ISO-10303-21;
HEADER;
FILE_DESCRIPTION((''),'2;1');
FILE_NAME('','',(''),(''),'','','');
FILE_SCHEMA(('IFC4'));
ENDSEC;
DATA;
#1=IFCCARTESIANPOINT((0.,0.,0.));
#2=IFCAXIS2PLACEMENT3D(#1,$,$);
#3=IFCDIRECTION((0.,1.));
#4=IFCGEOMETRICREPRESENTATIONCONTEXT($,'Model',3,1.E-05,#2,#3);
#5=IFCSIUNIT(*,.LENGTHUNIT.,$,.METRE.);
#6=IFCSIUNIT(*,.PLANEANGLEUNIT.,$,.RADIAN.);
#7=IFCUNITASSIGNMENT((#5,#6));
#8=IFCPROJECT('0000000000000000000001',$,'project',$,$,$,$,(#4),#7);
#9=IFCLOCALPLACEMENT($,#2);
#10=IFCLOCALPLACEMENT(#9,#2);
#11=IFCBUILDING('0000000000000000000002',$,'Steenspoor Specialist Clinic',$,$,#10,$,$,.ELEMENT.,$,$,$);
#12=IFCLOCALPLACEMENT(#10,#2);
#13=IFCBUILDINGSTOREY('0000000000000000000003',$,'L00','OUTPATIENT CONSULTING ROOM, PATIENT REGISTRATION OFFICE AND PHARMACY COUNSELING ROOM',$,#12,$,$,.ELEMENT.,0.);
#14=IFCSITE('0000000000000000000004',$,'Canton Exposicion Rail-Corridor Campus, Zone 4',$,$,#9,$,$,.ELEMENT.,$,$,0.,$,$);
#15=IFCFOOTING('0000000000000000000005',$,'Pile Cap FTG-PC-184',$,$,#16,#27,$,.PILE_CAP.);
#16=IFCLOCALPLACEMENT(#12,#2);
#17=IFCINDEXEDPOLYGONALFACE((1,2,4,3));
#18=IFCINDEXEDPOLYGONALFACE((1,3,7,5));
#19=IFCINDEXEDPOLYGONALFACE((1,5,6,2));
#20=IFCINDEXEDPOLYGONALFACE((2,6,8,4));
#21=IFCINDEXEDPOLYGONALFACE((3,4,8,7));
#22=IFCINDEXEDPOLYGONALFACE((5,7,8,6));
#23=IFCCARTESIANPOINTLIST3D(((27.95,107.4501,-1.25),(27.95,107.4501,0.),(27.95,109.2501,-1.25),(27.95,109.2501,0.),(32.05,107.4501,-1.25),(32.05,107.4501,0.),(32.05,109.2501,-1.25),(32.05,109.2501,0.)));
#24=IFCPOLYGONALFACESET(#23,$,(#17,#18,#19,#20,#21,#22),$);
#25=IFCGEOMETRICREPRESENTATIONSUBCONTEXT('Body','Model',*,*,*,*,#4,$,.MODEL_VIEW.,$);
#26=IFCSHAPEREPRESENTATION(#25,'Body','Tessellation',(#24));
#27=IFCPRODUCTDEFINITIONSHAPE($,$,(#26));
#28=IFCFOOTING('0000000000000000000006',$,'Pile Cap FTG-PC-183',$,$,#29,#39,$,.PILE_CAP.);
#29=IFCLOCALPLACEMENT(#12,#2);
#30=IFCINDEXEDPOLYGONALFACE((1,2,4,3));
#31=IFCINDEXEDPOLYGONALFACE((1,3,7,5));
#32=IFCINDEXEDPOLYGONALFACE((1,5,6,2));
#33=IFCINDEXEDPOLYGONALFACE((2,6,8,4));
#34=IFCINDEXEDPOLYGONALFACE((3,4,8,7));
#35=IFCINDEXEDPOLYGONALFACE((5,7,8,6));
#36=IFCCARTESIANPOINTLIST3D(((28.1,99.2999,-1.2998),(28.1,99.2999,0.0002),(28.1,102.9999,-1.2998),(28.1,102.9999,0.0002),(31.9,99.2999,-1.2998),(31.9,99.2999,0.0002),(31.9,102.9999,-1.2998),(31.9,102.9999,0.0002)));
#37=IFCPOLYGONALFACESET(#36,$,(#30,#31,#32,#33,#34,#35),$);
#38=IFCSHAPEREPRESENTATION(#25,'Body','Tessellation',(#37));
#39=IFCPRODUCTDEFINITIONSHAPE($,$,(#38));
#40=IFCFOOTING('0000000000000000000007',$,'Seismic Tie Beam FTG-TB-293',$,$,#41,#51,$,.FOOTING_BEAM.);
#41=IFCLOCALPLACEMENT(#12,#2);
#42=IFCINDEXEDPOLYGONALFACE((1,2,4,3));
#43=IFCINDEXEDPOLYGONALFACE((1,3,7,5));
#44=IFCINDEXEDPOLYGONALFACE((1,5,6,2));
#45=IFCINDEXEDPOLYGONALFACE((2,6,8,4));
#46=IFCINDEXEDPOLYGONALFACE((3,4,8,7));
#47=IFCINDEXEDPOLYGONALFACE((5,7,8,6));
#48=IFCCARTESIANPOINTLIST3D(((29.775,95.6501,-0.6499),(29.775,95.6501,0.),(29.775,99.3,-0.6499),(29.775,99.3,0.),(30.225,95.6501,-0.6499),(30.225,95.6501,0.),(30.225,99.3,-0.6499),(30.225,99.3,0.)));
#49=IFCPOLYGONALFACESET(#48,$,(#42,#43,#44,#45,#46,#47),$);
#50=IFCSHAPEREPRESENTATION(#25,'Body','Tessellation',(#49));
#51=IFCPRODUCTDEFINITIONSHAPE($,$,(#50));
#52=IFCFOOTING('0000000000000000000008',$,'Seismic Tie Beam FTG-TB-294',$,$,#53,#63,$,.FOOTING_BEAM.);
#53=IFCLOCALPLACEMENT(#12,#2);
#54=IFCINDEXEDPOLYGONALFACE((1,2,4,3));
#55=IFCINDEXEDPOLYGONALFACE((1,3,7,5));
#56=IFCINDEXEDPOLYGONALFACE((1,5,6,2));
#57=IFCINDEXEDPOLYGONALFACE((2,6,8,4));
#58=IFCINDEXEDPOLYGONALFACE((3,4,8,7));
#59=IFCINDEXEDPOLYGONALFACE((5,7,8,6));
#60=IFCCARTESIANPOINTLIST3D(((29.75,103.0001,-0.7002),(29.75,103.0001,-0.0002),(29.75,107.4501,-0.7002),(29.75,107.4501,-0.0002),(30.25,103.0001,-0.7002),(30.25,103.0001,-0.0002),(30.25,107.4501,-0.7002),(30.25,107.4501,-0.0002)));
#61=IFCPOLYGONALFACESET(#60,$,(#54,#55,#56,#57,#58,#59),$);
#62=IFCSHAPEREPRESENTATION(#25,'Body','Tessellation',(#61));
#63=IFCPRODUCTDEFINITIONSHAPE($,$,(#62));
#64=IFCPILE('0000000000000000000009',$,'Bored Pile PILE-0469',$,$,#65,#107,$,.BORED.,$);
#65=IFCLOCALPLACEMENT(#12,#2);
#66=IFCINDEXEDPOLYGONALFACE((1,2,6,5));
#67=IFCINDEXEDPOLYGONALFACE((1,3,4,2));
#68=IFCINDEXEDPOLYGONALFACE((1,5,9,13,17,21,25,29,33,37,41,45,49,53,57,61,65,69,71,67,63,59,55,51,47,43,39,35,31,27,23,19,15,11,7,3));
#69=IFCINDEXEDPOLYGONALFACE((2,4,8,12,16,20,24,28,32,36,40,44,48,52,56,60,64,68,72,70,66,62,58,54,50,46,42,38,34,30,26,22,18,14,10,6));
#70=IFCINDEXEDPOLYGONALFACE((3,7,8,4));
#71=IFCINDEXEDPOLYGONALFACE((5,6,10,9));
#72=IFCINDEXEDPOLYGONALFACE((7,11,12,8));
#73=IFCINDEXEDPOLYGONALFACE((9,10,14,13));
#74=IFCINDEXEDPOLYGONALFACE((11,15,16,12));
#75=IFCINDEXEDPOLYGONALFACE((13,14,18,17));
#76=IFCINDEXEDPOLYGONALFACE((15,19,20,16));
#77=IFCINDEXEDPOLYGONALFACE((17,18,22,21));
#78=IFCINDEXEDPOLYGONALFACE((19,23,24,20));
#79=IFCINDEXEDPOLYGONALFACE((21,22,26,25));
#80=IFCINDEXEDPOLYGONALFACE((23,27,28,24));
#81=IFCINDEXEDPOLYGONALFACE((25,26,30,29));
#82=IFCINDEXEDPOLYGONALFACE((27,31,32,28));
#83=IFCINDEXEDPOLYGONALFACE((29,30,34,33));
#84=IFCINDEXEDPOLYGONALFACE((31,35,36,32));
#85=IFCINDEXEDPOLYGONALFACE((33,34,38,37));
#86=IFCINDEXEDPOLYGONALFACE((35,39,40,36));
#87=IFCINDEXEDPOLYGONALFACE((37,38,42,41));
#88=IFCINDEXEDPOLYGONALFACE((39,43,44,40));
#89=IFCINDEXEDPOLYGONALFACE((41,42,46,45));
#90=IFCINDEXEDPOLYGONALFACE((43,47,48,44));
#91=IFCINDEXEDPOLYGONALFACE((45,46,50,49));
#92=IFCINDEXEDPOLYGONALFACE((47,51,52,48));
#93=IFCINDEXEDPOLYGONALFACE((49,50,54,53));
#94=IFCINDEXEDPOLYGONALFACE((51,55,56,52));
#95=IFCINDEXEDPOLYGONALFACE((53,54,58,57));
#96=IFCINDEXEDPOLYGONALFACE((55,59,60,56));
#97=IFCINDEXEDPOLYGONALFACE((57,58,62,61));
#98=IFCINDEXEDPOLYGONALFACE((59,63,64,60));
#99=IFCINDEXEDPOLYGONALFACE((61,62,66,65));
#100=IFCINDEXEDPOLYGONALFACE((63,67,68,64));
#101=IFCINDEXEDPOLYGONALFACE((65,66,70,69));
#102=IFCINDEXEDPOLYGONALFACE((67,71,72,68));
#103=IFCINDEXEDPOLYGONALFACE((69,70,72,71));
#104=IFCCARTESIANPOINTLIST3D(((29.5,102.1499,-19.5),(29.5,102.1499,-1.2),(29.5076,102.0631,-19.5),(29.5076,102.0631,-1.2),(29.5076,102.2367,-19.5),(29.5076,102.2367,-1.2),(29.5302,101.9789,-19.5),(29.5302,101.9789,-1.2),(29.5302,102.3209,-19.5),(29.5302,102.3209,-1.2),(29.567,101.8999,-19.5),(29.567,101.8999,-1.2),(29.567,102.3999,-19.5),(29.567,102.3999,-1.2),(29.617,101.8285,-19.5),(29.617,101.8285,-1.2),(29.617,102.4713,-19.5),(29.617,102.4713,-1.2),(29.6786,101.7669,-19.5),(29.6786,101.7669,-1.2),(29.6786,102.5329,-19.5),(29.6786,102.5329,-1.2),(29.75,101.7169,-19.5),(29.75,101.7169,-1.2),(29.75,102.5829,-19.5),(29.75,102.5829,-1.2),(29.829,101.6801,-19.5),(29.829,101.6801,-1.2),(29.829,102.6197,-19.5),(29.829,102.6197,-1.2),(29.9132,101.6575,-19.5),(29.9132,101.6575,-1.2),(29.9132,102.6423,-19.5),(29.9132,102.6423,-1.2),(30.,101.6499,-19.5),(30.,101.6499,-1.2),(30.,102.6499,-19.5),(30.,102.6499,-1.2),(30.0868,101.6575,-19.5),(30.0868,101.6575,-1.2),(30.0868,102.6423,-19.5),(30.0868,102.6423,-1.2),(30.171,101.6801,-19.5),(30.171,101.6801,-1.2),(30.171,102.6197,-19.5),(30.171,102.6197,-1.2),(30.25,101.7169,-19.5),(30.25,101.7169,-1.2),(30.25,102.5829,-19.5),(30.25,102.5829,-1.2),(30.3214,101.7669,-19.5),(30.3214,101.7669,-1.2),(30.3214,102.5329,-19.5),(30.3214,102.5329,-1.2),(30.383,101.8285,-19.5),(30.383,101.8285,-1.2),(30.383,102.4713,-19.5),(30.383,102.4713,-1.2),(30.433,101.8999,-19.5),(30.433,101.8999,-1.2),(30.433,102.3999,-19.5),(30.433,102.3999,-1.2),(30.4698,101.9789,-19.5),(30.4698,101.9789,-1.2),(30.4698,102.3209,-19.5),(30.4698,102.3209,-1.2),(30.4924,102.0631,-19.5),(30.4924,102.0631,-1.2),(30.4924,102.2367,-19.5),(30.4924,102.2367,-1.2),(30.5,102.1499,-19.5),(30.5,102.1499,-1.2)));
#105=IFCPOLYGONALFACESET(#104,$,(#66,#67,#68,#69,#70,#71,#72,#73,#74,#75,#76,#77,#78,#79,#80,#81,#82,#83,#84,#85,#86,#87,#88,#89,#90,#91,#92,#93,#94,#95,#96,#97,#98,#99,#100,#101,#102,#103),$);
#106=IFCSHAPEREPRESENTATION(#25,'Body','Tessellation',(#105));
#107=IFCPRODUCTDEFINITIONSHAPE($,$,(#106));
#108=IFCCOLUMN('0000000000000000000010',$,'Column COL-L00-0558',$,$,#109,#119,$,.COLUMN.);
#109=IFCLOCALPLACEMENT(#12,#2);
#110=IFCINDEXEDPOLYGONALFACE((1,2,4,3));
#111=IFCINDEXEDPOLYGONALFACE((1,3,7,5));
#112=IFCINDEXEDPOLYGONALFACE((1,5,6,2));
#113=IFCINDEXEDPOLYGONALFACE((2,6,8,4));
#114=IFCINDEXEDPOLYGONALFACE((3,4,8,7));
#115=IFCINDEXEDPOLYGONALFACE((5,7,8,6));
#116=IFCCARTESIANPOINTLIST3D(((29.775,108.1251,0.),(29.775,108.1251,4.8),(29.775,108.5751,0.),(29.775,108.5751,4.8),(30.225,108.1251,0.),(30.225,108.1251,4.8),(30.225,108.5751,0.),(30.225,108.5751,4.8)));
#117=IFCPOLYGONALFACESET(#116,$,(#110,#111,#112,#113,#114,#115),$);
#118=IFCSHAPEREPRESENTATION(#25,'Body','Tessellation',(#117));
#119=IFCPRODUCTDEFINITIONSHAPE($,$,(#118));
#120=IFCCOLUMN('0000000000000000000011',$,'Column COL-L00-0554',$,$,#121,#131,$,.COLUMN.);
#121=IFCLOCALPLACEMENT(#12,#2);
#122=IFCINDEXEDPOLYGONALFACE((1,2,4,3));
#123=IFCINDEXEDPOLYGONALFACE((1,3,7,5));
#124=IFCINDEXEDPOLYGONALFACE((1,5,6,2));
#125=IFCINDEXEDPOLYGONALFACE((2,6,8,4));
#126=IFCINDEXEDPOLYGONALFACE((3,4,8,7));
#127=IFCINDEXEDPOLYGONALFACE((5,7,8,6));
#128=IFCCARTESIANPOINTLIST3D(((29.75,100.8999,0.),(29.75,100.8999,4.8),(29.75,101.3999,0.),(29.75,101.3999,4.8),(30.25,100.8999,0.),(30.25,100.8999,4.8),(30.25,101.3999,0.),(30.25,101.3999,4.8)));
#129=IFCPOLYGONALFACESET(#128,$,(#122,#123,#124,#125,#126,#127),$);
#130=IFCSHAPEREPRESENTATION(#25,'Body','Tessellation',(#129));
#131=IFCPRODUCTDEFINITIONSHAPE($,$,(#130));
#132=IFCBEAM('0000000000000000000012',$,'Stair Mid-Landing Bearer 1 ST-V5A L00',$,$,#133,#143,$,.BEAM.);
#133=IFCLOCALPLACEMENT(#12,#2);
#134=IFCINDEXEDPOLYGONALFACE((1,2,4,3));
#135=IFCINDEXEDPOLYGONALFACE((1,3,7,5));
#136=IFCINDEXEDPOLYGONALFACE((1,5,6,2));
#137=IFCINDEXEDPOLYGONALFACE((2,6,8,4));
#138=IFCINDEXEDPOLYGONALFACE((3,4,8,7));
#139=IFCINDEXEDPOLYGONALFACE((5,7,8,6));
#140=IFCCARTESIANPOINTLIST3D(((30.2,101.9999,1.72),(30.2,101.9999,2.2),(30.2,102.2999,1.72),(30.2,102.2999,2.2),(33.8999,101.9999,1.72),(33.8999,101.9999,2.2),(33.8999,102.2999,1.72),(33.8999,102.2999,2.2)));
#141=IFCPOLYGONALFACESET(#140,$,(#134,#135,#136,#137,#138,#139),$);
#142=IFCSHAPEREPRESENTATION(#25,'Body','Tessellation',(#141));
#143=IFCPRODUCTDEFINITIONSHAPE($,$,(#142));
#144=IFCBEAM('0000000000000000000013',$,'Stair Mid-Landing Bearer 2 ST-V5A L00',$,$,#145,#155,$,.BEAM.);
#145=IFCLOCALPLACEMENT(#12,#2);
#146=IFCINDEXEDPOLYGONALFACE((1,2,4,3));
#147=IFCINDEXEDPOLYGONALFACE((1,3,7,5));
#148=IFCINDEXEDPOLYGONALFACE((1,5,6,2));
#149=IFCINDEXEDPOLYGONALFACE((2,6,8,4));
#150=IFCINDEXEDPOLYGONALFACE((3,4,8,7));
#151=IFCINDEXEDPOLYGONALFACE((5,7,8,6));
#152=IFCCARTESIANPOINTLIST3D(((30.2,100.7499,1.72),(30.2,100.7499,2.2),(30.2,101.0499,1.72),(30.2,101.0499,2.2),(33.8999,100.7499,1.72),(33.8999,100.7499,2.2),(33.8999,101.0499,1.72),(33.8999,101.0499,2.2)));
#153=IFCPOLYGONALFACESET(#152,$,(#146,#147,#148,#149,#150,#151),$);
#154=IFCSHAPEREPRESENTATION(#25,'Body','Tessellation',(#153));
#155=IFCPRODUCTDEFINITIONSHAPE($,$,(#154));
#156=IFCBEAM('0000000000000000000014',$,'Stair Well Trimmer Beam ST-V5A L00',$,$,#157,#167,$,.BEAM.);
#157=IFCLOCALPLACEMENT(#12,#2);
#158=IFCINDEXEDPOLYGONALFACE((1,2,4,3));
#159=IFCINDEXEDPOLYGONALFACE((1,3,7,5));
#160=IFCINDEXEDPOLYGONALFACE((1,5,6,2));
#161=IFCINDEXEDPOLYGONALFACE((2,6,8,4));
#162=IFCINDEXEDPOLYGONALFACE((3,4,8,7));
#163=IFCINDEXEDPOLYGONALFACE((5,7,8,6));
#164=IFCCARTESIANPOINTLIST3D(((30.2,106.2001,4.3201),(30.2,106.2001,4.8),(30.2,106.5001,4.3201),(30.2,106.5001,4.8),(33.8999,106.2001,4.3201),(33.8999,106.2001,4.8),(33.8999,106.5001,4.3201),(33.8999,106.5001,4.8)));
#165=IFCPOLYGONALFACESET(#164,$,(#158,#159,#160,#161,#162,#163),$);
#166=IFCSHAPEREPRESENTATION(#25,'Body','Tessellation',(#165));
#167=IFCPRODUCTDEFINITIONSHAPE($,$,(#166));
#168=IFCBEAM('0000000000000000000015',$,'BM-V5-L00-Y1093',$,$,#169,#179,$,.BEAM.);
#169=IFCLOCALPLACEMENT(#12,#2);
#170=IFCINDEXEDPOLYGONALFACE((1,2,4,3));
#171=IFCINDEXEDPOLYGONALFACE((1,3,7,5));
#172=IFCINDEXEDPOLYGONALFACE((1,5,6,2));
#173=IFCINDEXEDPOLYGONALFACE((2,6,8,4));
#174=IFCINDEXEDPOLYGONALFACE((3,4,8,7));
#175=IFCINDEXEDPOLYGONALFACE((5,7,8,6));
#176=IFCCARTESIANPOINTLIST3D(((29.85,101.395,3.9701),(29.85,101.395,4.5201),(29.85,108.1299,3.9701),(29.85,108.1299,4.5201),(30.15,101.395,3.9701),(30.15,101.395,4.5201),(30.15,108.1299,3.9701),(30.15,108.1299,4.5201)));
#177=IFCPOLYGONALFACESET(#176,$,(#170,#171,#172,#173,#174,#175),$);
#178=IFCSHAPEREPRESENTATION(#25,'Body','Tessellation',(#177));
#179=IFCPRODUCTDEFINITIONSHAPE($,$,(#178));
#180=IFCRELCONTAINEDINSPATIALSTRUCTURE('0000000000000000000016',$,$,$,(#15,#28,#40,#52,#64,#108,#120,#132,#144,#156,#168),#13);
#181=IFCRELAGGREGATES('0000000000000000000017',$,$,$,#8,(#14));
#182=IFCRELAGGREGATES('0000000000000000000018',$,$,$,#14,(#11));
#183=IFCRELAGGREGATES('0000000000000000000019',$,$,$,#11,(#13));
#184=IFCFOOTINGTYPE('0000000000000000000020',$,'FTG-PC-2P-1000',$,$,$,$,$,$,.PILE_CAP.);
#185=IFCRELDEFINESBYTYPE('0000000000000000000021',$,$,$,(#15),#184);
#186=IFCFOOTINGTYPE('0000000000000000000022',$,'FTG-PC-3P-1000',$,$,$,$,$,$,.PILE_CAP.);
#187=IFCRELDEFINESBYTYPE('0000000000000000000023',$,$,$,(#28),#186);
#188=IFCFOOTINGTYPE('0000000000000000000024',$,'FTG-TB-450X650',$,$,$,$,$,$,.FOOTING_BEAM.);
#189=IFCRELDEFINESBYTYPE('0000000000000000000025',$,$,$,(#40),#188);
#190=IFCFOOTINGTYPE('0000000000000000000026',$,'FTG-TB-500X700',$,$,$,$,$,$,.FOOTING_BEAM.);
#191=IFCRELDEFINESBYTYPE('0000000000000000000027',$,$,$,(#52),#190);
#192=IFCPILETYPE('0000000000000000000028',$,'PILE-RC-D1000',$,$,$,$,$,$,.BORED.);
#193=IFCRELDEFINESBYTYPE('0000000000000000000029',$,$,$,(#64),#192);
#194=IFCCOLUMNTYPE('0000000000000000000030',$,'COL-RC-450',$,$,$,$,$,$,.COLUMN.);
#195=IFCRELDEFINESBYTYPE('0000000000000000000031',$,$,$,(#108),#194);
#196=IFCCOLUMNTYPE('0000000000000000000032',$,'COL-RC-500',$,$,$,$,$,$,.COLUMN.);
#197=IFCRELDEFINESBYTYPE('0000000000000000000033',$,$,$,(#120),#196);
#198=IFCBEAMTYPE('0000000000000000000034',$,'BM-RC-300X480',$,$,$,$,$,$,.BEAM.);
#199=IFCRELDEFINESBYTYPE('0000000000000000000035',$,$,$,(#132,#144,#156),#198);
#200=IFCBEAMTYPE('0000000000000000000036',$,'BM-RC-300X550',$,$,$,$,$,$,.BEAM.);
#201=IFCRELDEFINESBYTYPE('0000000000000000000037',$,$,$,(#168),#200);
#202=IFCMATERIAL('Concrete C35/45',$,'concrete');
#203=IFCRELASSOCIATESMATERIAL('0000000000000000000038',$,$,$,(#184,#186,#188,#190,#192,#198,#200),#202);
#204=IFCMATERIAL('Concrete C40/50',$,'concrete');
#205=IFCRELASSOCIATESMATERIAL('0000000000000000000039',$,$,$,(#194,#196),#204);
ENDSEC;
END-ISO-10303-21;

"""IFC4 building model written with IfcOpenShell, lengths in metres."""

from ifc_helpers import new_model, si_unit, direction, frame, origin, origin_2d, place, context, subcontext, project, spatial, rectangle, circle, extrude, material, material_profile, profile_set, type_object, element, save


model = new_model("IFC4")

# Units and contexts
model_context = context("Model", 3, precision=1e-05, world=origin(), true_north=direction((0.0, 1.0)))
body_context = subcontext(model_context, "Body", "Model", "MODEL_VIEW")
ifc_project = project(units=[si_unit("LENGTHUNIT", "METRE"), si_unit("PLANEANGLEUNIT", "RADIAN")], contexts=[model_context])

# Site, building, storey
site_placement = place(None, origin())
site = spatial("IfcSite", under=ifc_project, at=site_placement, Name="Canton Exposicion Rail-Corridor Campus, Zone 4", CompositionType="ELEMENT", RefElevation=0.0)
building_placement = place(site_placement, origin())
building = spatial("IfcBuilding", under=site, at=building_placement, Name="Steenspoor Specialist Clinic", CompositionType="ELEMENT")
storey_placement = place(building_placement, origin())
storey = spatial("IfcBuildingStorey", under=building, at=storey_placement, Name="L00", Description="OUTPATIENT CONSULTING ROOM, PATIENT REGISTRATION OFFICE AND PHARMACY COUNSELING ROOM", CompositionType="ELEMENT", Elevation=0.0)

# Footings
ifc_material_1 = material(Name="Concrete C35/45", Category="concrete")
footing_type_1 = type_object("IfcFootingType", Name="FTG-PC-2P-1000", PredefinedType="PILE_CAP", material=ifc_material_1)
footing_1_placement = place(storey_placement, frame((30.0, 108.3501, -1.25), z_axis=(0.0, 0.0, 1.0), x_axis=(1.0, 0.0, 0.0)))
element("IfcFooting", 1, at=footing_1_placement, inside=storey, type_object=footing_type_1, Name="Pile Cap FTG-PC-184", PredefinedType="PILE_CAP", context=body_context, shape_type="SweptSolid", body=[
    extrude(rectangle(XDim=4.1001, YDim=1.8, at=origin_2d()), origin(), (0.0, 0.0, 1.0), 1.25),
])
footing_type_2 = type_object("IfcFootingType", Name="FTG-PC-3P-1000", PredefinedType="PILE_CAP", material=ifc_material_1)
footing_2_placement = place(storey_placement, frame((30.0, 101.1499, -1.2998), z_axis=(0.0, 0.0, 1.0), x_axis=(1.0, 0.0, 0.0)))
element("IfcFooting", 2, at=footing_2_placement, inside=storey, type_object=footing_type_2, Name="Pile Cap FTG-PC-183", PredefinedType="PILE_CAP", context=body_context, shape_type="SweptSolid", body=[
    extrude(rectangle(XDim=3.8, YDim=3.7, at=origin_2d()), origin(), (0.0, 0.0, 1.0), 1.3),
])
footing_type_3 = type_object("IfcFootingType", Name="FTG-TB-450X650", PredefinedType="FOOTING_BEAM", material=ifc_material_1)
footing_3_placement = place(storey_placement, frame((30.0, 97.4751, -0.6499), z_axis=(0.0, 0.0, 1.0), x_axis=(1.0, 0.0, 0.0)))
element("IfcFooting", 3, at=footing_3_placement, inside=storey, type_object=footing_type_3, Name="Seismic Tie Beam FTG-TB-293", PredefinedType="FOOTING_BEAM", context=body_context, shape_type="SweptSolid", body=[
    extrude(rectangle(XDim=0.45, YDim=3.6499, at=origin_2d()), origin(), (0.0, 0.0, 1.0), 0.6499),
])
footing_type_4 = type_object("IfcFootingType", Name="FTG-TB-500X700", PredefinedType="FOOTING_BEAM", material=ifc_material_1)
footing_4_placement = place(storey_placement, frame((30.0, 105.2251, -0.7002), z_axis=(0.0, 0.0, 1.0), x_axis=(1.0, 0.0, 0.0)))
element("IfcFooting", 4, at=footing_4_placement, inside=storey, type_object=footing_type_4, Name="Seismic Tie Beam FTG-TB-294", PredefinedType="FOOTING_BEAM", context=body_context, shape_type="SweptSolid", body=[
    extrude(rectangle(XDim=0.5, YDim=4.45, at=origin_2d()), origin(), (0.0, 0.0, 1.0), 0.7),
])

# Pile
ifc_material_profile_1 = material_profile(ifc_material_1, circle(Radius=0.5, at=origin_2d()), Name="PILE-D1000")
ifc_profile_set_1 = profile_set([ifc_material_profile_1], Name="Concrete C35/45")
pile_type = type_object("IfcPileType", Name="PILE-RC-D1000", PredefinedType="BORED", material=ifc_profile_set_1)
pile_placement = place(storey_placement, frame((30.0, 102.1499, -1.2), z_axis=(0.0, 0.0, -1.0), x_axis=(1.0, 0.0, 0.0)))
element("IfcPile", 5, at=pile_placement, inside=storey, type_object=pile_type, Name="Bored Pile PILE-0469", PredefinedType="BORED", context=body_context, shape_type="SweptSolid", body=[
    extrude(circle(Radius=0.5, at=origin_2d()), origin(), (0.0, 0.0, 1.0), 18.3),
])

# Columns
ifc_material_2 = material(Name="Concrete C40/50", Category="concrete")
ifc_material_profile_2 = material_profile(ifc_material_2, rectangle(XDim=0.45, YDim=0.45, at=origin_2d()), Name="RC-COL-450X450")
ifc_profile_set_2 = profile_set([ifc_material_profile_2], Name="Concrete C40/50")
column_type_1 = type_object("IfcColumnType", Name="COL-RC-450", PredefinedType="COLUMN", material=ifc_profile_set_2)
column_1_placement = place(storey_placement, frame((30.0, 108.3501, 0.0), z_axis=(0.0, 0.0, 1.0), x_axis=(1.0, 0.0, 0.0)))
element("IfcColumn", 6, at=column_1_placement, inside=storey, type_object=column_type_1, Name="Column COL-L00-0558", PredefinedType="COLUMN", context=body_context, shape_type="SweptSolid", body=[
    extrude(rectangle(XDim=0.45, YDim=0.45, at=origin_2d()), origin(), (0.0, 0.0, 1.0), 4.8),
])
ifc_material_profile_3 = material_profile(ifc_material_2, rectangle(XDim=0.5, YDim=0.5, at=origin_2d()), Name="RC-COL-500X500")
ifc_profile_set_3 = profile_set([ifc_material_profile_3], Name="Concrete C40/50")
column_type_2 = type_object("IfcColumnType", Name="COL-RC-500", PredefinedType="COLUMN", material=ifc_profile_set_3)
column_2_placement = place(storey_placement, frame((30.0, 101.1499, 0.0), z_axis=(0.0, 0.0, 1.0), x_axis=(1.0, 0.0, 0.0)))
element("IfcColumn", 7, at=column_2_placement, inside=storey, type_object=column_type_2, Name="Column COL-L00-0554", PredefinedType="COLUMN", context=body_context, shape_type="SweptSolid", body=[
    extrude(rectangle(XDim=0.5, YDim=0.5, at=origin_2d()), origin(), (0.0, 0.0, 1.0), 4.8),
])

# Beams
ifc_material_profile_4 = material_profile(ifc_material_1, rectangle(XDim=0.3, YDim=0.48, at=origin_2d()), Name="RC-BM-300X480")
ifc_profile_set_4 = profile_set([ifc_material_profile_4], Name="Concrete C35/45")
beam_type_1 = type_object("IfcBeamType", Name="BM-RC-300X480", PredefinedType="BEAM", material=ifc_profile_set_4)
for number, where, z_axis, x_axis, name in (
    (8, (30.2, 102.1499, 1.96), (1.0, 0.0, 0.0), (0.0, 1.0, 0.0), "Stair Mid-Landing Bearer 1 ST-V5A L00"),
    (9, (30.2, 100.8999, 1.96), (1.0, 0.0, 0.0), (0.0, 1.0, 0.0), "Stair Mid-Landing Bearer 2 ST-V5A L00"),
    (10, (30.2, 106.3501, 4.5601), (1.0, 0.0, 0.0), (0.0, 1.0, 0.0), "Stair Well Trimmer Beam ST-V5A L00"),
):
    element("IfcBeam", number, at=place(storey_placement, frame(where, z_axis=z_axis, x_axis=x_axis)), inside=storey, type_object=beam_type_1, Name=name, PredefinedType="BEAM", context=body_context, shape_type="SweptSolid", body=[
        extrude(rectangle(XDim=0.3, YDim=0.48, at=origin_2d()), origin(), (0.0, 0.0, 1.0), 3.7),
    ])
ifc_material_profile_5 = material_profile(ifc_material_1, rectangle(XDim=0.3, YDim=0.55, at=origin_2d()), Name="RC-BM-300X550")
ifc_profile_set_5 = profile_set([ifc_material_profile_5], Name="Concrete C35/45")
beam_type_2 = type_object("IfcBeamType", Name="BM-RC-300X550", PredefinedType="BEAM", material=ifc_profile_set_5)
beam_1_placement = place(storey_placement, frame((30.0, 101.395, 4.2451), z_axis=(0.0, 1.0, 0.0), x_axis=(-1.0, 0.0, 0.0)))
element("IfcBeam", 11, at=beam_1_placement, inside=storey, type_object=beam_type_2, Name="BM-V5-L00-Y1093", PredefinedType="BEAM", context=body_context, shape_type="SweptSolid", body=[
    extrude(rectangle(XDim=0.3, YDim=0.55, at=origin_2d()), origin(), (0.0, 0.0, 1.0), 6.7349),
])

save(model, "model.ifc")
